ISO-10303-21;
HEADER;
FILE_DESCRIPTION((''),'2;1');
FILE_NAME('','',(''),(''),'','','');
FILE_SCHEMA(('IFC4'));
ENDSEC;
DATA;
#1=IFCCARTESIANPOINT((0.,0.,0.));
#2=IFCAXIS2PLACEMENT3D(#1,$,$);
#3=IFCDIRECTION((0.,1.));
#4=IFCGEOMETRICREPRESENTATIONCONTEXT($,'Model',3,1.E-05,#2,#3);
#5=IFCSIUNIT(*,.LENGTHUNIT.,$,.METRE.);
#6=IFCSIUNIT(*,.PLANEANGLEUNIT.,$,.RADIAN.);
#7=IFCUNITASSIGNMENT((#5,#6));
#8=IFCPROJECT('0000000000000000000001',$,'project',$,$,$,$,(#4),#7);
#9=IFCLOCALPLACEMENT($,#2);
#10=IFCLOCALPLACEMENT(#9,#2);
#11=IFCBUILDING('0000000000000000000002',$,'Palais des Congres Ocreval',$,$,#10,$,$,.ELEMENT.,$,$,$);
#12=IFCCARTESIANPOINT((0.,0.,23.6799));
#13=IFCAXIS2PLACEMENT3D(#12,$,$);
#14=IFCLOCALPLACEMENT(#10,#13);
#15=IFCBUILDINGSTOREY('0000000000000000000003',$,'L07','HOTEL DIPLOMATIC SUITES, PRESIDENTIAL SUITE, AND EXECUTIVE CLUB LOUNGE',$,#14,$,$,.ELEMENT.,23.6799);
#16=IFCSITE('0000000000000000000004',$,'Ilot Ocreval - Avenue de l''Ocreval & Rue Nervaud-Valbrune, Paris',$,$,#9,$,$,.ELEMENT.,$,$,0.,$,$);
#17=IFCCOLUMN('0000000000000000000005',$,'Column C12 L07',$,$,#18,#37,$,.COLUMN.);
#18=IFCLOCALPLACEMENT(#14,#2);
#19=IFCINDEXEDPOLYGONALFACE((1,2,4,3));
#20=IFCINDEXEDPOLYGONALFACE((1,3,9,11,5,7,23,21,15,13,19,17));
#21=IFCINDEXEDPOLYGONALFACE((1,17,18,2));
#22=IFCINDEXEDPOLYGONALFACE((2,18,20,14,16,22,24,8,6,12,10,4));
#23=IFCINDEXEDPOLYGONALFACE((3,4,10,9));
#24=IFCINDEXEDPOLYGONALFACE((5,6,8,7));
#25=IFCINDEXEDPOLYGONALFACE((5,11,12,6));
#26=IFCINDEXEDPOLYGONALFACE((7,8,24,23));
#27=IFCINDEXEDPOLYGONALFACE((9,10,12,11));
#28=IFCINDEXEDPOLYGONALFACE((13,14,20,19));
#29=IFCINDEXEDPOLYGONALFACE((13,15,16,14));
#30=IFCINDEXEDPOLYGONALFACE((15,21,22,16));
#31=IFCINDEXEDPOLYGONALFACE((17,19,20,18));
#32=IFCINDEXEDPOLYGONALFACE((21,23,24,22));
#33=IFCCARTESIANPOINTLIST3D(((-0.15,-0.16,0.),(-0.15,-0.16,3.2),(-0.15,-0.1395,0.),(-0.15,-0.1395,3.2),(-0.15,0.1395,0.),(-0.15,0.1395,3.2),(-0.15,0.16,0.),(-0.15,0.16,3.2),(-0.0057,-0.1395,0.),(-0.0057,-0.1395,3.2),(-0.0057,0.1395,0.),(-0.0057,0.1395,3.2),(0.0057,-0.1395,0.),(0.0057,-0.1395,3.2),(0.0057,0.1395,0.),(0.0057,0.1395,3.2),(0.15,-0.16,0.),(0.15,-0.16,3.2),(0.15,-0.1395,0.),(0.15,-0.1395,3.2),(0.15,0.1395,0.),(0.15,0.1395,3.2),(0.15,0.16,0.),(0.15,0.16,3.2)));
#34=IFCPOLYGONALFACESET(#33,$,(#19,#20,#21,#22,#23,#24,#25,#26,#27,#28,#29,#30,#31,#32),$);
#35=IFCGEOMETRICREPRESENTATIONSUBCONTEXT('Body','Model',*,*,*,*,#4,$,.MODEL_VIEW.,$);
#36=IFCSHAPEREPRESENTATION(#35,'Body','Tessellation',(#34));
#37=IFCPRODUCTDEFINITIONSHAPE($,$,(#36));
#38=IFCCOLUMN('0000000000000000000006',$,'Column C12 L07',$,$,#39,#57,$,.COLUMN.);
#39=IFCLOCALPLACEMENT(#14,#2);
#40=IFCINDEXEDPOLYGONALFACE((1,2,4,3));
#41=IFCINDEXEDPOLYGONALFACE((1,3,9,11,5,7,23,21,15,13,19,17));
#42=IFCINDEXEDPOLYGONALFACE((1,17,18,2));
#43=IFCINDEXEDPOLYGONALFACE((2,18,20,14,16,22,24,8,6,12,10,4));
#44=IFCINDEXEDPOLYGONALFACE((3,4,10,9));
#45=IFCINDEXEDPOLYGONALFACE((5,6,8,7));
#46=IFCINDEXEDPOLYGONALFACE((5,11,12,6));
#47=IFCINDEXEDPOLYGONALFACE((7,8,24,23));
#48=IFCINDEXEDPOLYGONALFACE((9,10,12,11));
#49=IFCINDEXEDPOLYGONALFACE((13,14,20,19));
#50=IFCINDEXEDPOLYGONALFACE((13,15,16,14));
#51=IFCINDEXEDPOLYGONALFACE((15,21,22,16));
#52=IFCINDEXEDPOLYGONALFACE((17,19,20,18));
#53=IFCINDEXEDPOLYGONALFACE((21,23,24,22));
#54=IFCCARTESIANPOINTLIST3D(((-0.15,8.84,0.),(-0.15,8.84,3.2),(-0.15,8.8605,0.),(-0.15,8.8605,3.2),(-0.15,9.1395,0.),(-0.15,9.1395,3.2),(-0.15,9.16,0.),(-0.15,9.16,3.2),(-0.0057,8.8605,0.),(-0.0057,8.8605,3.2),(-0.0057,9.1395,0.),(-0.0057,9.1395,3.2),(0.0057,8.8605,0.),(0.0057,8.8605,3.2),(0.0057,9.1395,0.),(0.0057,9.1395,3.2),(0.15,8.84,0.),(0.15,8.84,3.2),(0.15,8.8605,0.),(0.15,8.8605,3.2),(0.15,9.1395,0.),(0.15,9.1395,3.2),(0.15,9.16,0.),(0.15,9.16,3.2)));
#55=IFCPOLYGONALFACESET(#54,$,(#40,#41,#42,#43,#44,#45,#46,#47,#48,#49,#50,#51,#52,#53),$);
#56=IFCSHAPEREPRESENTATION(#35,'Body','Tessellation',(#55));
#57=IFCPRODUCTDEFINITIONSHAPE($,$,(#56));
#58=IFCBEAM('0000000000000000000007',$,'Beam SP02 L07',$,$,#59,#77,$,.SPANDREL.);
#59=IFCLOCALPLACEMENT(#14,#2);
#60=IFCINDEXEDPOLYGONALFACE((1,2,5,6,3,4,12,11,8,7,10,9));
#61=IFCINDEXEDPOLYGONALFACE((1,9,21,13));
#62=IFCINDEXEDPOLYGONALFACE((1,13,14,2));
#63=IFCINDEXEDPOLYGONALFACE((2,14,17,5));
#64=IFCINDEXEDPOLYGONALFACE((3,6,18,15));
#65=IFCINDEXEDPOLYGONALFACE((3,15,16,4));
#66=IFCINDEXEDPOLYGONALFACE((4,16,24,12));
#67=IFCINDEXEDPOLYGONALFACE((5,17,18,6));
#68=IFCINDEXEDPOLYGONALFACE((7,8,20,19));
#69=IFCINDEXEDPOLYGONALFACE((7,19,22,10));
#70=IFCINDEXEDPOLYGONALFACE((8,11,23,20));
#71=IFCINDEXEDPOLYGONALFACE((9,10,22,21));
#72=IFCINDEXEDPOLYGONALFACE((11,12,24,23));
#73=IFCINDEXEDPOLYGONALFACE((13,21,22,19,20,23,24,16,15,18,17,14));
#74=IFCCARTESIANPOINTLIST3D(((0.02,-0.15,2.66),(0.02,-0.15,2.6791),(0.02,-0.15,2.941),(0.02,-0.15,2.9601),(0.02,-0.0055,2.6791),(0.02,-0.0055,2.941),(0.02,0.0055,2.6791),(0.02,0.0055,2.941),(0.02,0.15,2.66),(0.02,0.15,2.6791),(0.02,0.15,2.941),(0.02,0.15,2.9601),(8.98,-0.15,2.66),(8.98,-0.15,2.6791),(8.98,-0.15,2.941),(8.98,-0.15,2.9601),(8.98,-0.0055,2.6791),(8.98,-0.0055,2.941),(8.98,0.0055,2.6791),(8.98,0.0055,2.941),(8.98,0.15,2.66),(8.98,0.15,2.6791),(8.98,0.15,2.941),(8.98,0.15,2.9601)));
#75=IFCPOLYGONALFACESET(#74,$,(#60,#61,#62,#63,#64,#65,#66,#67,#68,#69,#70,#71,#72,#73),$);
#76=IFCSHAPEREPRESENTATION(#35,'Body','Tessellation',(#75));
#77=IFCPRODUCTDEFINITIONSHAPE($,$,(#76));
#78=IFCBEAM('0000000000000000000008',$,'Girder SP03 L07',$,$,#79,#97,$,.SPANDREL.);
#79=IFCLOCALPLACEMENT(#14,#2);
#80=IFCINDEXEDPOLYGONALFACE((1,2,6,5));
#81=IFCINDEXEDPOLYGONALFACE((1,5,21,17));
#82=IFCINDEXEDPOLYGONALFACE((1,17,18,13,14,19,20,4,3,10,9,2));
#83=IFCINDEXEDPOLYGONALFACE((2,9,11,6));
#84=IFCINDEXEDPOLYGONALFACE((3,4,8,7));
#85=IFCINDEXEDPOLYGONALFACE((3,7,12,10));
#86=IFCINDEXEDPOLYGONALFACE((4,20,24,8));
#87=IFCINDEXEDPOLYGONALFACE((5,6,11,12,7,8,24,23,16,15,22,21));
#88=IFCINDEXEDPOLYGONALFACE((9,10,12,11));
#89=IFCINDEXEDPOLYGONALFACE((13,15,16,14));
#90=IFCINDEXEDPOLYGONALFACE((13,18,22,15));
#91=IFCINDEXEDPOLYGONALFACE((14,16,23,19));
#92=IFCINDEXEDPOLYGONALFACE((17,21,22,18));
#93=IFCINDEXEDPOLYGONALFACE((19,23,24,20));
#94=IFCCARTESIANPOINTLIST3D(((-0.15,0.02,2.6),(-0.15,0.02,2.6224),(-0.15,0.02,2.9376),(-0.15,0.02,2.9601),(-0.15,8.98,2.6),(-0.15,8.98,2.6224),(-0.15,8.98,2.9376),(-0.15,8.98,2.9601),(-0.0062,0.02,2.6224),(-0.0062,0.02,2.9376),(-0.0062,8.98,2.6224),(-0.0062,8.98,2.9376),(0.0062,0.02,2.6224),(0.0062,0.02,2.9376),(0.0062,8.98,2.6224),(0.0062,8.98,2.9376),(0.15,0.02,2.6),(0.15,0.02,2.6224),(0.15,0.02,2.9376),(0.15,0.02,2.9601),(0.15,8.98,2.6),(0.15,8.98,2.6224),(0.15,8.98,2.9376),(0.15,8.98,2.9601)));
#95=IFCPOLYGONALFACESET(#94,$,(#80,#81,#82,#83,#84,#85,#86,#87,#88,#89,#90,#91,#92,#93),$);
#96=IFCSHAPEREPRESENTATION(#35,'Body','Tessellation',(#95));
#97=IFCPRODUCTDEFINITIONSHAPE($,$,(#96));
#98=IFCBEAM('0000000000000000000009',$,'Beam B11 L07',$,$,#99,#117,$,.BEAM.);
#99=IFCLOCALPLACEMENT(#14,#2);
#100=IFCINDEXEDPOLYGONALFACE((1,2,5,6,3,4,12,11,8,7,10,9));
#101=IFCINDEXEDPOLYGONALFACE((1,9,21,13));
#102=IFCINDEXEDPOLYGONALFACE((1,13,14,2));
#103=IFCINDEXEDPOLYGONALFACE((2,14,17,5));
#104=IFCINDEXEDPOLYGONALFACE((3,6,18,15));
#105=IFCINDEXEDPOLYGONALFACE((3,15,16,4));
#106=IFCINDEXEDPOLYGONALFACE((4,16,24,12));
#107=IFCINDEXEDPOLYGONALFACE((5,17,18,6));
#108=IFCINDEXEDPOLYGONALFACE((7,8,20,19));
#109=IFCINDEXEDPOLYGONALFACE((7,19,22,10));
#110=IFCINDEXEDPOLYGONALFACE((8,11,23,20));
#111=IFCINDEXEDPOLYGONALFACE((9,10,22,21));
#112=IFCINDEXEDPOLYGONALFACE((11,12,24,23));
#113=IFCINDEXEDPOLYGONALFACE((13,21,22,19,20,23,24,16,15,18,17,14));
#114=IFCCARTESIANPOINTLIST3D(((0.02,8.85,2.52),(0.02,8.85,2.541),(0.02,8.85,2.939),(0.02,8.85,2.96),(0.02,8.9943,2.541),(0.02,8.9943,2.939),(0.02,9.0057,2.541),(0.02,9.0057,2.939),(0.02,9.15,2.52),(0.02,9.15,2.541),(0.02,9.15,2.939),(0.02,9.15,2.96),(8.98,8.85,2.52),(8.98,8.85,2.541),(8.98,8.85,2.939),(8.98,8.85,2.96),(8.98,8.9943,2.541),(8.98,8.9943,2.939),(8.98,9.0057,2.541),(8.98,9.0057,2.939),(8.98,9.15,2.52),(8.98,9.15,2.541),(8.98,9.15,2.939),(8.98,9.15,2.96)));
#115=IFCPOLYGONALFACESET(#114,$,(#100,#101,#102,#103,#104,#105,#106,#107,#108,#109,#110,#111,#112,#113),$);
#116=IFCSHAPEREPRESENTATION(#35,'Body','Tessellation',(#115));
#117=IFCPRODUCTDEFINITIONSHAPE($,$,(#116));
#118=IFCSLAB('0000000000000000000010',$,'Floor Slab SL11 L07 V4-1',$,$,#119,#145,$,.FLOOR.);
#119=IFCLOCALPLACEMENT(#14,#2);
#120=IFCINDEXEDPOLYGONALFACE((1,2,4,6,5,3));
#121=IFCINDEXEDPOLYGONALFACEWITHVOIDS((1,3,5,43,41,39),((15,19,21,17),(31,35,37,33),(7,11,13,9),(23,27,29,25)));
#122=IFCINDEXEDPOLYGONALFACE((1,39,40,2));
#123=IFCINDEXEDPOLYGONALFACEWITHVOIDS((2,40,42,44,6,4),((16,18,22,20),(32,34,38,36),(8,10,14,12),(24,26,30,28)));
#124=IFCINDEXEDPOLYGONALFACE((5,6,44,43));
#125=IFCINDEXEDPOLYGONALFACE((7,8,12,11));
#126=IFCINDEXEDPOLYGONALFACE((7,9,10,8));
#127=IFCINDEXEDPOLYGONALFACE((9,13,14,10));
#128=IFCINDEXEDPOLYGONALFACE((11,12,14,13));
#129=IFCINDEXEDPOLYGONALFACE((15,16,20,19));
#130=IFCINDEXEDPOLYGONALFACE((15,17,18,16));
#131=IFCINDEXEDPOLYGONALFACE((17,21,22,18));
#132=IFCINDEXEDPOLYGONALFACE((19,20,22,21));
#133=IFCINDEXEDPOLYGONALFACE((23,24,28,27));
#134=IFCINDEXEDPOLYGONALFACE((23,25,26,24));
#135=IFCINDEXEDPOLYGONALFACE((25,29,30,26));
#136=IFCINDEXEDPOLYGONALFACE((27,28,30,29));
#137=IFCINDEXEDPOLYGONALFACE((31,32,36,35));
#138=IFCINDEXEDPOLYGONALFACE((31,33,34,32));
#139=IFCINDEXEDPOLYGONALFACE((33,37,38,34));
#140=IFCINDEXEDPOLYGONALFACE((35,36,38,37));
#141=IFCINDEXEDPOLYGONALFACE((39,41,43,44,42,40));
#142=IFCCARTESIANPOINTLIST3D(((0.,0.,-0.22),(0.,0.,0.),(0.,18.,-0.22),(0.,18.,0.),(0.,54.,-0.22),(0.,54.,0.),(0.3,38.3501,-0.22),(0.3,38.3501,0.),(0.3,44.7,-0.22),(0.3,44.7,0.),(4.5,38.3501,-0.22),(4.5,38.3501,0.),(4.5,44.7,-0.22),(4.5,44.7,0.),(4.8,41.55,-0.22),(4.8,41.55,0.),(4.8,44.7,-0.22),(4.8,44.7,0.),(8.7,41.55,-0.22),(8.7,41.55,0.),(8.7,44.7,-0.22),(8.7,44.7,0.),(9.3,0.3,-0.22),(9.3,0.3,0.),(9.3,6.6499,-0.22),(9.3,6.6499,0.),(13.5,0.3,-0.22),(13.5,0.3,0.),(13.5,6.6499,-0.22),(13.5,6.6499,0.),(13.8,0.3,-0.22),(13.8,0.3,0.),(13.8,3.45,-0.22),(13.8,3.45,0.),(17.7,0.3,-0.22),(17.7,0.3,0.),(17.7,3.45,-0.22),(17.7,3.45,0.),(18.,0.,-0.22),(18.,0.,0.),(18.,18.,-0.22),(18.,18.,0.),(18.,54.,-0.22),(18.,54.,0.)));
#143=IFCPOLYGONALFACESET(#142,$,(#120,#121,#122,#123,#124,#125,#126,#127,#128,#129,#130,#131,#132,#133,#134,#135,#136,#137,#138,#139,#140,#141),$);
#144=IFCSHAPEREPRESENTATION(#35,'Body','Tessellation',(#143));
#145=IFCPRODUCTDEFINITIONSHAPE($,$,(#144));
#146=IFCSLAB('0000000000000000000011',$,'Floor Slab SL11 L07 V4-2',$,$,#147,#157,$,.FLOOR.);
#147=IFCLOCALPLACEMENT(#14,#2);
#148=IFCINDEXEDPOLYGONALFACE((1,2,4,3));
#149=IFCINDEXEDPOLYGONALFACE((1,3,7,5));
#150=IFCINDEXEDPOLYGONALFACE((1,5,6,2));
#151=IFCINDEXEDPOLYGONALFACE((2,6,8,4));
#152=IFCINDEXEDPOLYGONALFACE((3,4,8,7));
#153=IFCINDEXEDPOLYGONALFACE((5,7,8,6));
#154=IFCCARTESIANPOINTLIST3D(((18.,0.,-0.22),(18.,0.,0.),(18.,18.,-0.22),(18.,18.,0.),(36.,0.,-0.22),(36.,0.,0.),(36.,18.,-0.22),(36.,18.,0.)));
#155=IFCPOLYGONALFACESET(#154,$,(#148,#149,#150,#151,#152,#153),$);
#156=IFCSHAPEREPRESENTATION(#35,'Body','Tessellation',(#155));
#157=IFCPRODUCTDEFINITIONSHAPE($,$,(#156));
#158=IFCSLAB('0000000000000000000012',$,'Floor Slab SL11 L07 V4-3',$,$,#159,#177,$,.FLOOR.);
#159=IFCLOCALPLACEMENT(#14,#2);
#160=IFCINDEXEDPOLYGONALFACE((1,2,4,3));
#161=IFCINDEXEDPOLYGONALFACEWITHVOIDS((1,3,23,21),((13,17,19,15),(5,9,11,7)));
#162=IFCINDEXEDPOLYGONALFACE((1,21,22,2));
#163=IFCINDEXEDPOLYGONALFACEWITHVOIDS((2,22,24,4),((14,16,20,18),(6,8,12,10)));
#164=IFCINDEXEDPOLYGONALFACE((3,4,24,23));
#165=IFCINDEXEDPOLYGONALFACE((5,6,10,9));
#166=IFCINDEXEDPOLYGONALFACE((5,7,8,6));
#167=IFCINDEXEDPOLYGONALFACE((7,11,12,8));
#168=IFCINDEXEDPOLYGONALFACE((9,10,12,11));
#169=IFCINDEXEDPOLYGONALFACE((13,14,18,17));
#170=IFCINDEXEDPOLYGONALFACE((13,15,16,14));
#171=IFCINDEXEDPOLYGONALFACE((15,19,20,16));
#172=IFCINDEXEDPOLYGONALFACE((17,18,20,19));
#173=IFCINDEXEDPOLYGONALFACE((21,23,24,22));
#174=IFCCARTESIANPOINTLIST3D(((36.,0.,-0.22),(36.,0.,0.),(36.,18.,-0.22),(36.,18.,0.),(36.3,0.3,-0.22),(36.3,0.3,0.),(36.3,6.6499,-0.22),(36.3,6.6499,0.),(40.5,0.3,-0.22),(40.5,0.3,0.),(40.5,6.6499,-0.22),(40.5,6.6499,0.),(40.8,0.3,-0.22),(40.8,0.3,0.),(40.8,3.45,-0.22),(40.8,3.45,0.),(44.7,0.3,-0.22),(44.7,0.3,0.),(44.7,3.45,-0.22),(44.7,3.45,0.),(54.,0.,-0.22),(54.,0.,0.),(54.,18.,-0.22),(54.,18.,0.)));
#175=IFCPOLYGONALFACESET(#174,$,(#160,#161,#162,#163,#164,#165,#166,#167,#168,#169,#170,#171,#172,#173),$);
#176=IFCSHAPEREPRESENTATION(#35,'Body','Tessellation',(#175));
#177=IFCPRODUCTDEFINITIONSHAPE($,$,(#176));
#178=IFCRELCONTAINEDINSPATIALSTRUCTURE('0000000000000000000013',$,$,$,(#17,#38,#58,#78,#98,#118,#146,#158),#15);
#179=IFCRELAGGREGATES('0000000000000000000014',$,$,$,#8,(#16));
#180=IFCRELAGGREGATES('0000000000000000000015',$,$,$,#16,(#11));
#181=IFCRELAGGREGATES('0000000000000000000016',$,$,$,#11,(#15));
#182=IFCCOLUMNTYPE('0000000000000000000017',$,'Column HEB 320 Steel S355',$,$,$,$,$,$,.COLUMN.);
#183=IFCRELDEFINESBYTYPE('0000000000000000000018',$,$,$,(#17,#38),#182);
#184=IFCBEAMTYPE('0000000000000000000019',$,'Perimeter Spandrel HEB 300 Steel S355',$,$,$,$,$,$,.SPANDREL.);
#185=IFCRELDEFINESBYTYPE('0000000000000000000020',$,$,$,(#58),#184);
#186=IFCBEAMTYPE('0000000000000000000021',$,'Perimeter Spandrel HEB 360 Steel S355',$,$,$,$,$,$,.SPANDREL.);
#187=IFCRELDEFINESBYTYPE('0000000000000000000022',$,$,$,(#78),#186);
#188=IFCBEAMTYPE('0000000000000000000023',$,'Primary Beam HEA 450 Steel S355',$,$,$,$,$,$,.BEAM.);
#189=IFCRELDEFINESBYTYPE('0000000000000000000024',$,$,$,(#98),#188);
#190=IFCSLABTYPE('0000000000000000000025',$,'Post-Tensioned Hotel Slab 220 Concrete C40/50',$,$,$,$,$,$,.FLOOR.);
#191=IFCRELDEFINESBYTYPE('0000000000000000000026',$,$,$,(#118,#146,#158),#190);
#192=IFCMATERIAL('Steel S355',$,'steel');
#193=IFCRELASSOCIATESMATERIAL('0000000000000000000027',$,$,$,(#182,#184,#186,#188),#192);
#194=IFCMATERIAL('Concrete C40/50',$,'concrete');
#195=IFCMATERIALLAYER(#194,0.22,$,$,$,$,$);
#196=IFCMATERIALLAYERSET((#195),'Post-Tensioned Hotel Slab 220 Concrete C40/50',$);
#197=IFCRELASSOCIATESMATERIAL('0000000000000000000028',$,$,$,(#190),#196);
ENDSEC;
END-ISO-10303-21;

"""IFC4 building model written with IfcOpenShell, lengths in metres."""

from ifc_helpers import new_model, si_unit, direction, frame, origin, origin_2d, place, context, subcontext, project, spatial, polyline, i_section, outline, extrude, material, layer, layer_set, material_profile, profile_set, type_object, element, save


model = new_model("IFC4")

# Units and contexts
model_context = context("Model", 3, precision=1e-05, world=origin(), true_north=direction((0.0, 1.0)))
body_context = subcontext(model_context, "Body", "Model", "MODEL_VIEW")
ifc_project = project(units=[si_unit("LENGTHUNIT", "METRE"), si_unit("PLANEANGLEUNIT", "RADIAN")], contexts=[model_context])

# Site, building, storey
site_placement = place(None, origin())
site = spatial("IfcSite", under=ifc_project, at=site_placement, Name="Ilot Ocreval - Avenue de l'Ocreval & Rue Nervaud-Valbrune, Paris", CompositionType="ELEMENT", RefElevation=0.0)
building_placement = place(site_placement, origin())
building = spatial("IfcBuilding", under=site, at=building_placement, Name="Palais des Congres Ocreval", CompositionType="ELEMENT")
storey_placement = place(building_placement, frame((0.0, 0.0, 23.6799)))
storey = spatial("IfcBuildingStorey", under=building, at=storey_placement, Name="L07", Description="HOTEL DIPLOMATIC SUITES, PRESIDENTIAL SUITE, AND EXECUTIVE CLUB LOUNGE", CompositionType="ELEMENT", Elevation=23.6799)

# Columns
ifc_material_1 = material(Name="Steel S355", Category="steel")
ifc_material_profile_1 = material_profile(ifc_material_1, i_section(OverallWidth=0.3, OverallDepth=0.3201, WebThickness=0.0115, FlangeThickness=0.0205, at=origin_2d()), Name="HEB 320")
ifc_profile_set_1 = profile_set([ifc_material_profile_1], Name="Steel S355")
column_type = type_object("IfcColumnType", Name="Column HEB 320 Steel S355", PredefinedType="COLUMN", material=ifc_profile_set_1)
for number, where, z_axis, x_axis, name in (
    (1, (0.0, 0.0, 0.0), (0.0, 0.0, 1.0), (1.0, 0.0, 0.0), "Column C12 L07"),
    (2, (0.0, 9.0, 0.0), (0.0, 0.0, 1.0), (1.0, 0.0, 0.0), "Column C12 L07"),
):
    element("IfcColumn", number, at=place(storey_placement, frame(where, z_axis=z_axis, x_axis=x_axis)), inside=storey, type_object=column_type, Name=name, PredefinedType="COLUMN", context=body_context, shape_type="SweptSolid", body=[
        extrude(i_section(OverallWidth=0.3, OverallDepth=0.3201, WebThickness=0.0115, FlangeThickness=0.0205, at=origin_2d()), origin(), (0.0, 0.0, 1.0), 3.2),
    ])

# Beams
ifc_material_profile_2 = material_profile(ifc_material_1, i_section(OverallWidth=0.3, OverallDepth=0.3, WebThickness=0.011, FlangeThickness=0.019, at=origin_2d()), Name="HEB 300")
ifc_profile_set_2 = profile_set([ifc_material_profile_2], Name="Steel S355")
beam_type_1 = type_object("IfcBeamType", Name="Perimeter Spandrel HEB 300 Steel S355", PredefinedType="SPANDREL", material=ifc_profile_set_2)
beam_1_placement = place(storey_placement, frame((0.02, 0.0, 2.8101), z_axis=(1.0, 0.0, 0.0), x_axis=(0.0, 1.0, 0.0)))
element("IfcBeam", 3, at=beam_1_placement, inside=storey, type_object=beam_type_1, Name="Beam SP02 L07", PredefinedType="SPANDREL", context=body_context, shape_type="SweptSolid", body=[
    extrude(i_section(OverallWidth=0.3, OverallDepth=0.3, WebThickness=0.011, FlangeThickness=0.019, at=origin_2d()), origin(), (0.0, 0.0, 1.0), 8.96),
])
ifc_material_profile_3 = material_profile(ifc_material_1, i_section(OverallWidth=0.3, OverallDepth=0.3601, WebThickness=0.0125, FlangeThickness=0.0225, at=origin_2d()), Name="HEB 360")
ifc_profile_set_3 = profile_set([ifc_material_profile_3], Name="Steel S355")
beam_type_2 = type_object("IfcBeamType", Name="Perimeter Spandrel HEB 360 Steel S355", PredefinedType="SPANDREL", material=ifc_profile_set_3)
beam_2_placement = place(storey_placement, frame((0.0, 0.02, 2.78), z_axis=(0.0, 1.0, 0.0), x_axis=(-1.0, 0.0, 0.0)))
element("IfcBeam", 4, at=beam_2_placement, inside=storey, type_object=beam_type_2, Name="Girder SP03 L07", PredefinedType="SPANDREL", context=body_context, shape_type="SweptSolid", body=[
    extrude(i_section(OverallWidth=0.3, OverallDepth=0.3601, WebThickness=0.0125, FlangeThickness=0.0225, at=origin_2d()), origin(), (0.0, 0.0, 1.0), 8.96),
])
ifc_material_profile_4 = material_profile(ifc_material_1, i_section(OverallWidth=0.3, OverallDepth=0.4399, WebThickness=0.0115, FlangeThickness=0.021, at=origin_2d()), Name="HEA 450")
ifc_profile_set_4 = profile_set([ifc_material_profile_4], Name="Steel S355")
beam_type_3 = type_object("IfcBeamType", Name="Primary Beam HEA 450 Steel S355", PredefinedType="BEAM", material=ifc_profile_set_4)
beam_3_placement = place(storey_placement, frame((0.02, 9.0, 2.74), z_axis=(1.0, 0.0, 0.0), x_axis=(0.0, 1.0, 0.0)))
element("IfcBeam", 5, at=beam_3_placement, inside=storey, type_object=beam_type_3, Name="Beam B11 L07", PredefinedType="BEAM", context=body_context, shape_type="SweptSolid", body=[
    extrude(i_section(OverallWidth=0.3, OverallDepth=0.4399, WebThickness=0.0115, FlangeThickness=0.021, at=origin_2d()), origin(), (0.0, 0.0, 1.0), 8.96),
])

# Slabs
ifc_material_2 = material(Name="Concrete C40/50", Category="concrete")
ifc_layer_1 = layer(ifc_material_2, 0.22)
ifc_layer_set_1 = layer_set([ifc_layer_1], Name="Post-Tensioned Hotel Slab 220 Concrete C40/50")
slab_type_1 = type_object("IfcSlabType", Name="Post-Tensioned Hotel Slab 220 Concrete C40/50", PredefinedType="FLOOR", material=ifc_layer_set_1)
slab_1_placement = place(storey_placement, frame((0.0, 0.0, -0.22)))
element("IfcSlab", 6, at=slab_1_placement, inside=storey, type_object=slab_type_1, Name="Floor Slab SL11 L07 V4-1", PredefinedType="FLOOR", context=body_context, shape_type="SweptSolid", body=[
    extrude(outline(polyline([(0.0, 0.0), (0.0, 18.0), (0.0, 54.0), (18.0, 54.0), (18.0, 18.0), (18.0, 0.0), (0.0, 0.0)]), holes=[polyline([(17.7, 0.3), (17.7, 3.45), (13.8, 3.45), (13.8, 0.3), (17.7, 0.3)]), polyline([(9.3, 0.3), (13.5, 0.3), (13.5, 6.6499), (9.3, 6.6499), (9.3, 0.3)]), polyline([(0.3, 38.3501), (4.5, 38.3501), (4.5, 44.7), (0.3, 44.7), (0.3, 38.3501)]), polyline([(4.8, 41.55), (8.7, 41.55), (8.7, 44.7), (4.8, 44.7), (4.8, 41.55)])]), origin(), (0.0, 0.0, 1.0), 0.22),
])
slab_2_placement = place(storey_placement, frame((0.0, 0.0, -0.22)))
element("IfcSlab", 7, at=slab_2_placement, inside=storey, type_object=slab_type_1, Name="Floor Slab SL11 L07 V4-2", PredefinedType="FLOOR", context=body_context, shape_type="SweptSolid", body=[
    extrude(outline(polyline([(18.0, 0.0), (18.0, 18.0), (36.0, 18.0), (36.0, 0.0), (18.0, 0.0)])), origin(), (0.0, 0.0, 1.0), 0.22),
])
slab_3_placement = place(storey_placement, frame((0.0, 0.0, -0.22)))
element("IfcSlab", 8, at=slab_3_placement, inside=storey, type_object=slab_type_1, Name="Floor Slab SL11 L07 V4-3", PredefinedType="FLOOR", context=body_context, shape_type="SweptSolid", body=[
    extrude(outline(polyline([(36.0, 0.0), (36.0, 18.0), (54.0, 18.0), (54.0, 0.0), (36.0, 0.0)]), holes=[polyline([(40.8, 0.3), (44.7, 0.3), (44.7, 3.45), (40.8, 3.45), (40.8, 0.3)]), polyline([(40.5, 0.3), (40.5, 6.6499), (36.3, 6.6499), (36.3, 0.3), (40.5, 0.3)])]), origin(), (0.0, 0.0, 1.0), 0.22),
])

save(model, "model.ifc")
